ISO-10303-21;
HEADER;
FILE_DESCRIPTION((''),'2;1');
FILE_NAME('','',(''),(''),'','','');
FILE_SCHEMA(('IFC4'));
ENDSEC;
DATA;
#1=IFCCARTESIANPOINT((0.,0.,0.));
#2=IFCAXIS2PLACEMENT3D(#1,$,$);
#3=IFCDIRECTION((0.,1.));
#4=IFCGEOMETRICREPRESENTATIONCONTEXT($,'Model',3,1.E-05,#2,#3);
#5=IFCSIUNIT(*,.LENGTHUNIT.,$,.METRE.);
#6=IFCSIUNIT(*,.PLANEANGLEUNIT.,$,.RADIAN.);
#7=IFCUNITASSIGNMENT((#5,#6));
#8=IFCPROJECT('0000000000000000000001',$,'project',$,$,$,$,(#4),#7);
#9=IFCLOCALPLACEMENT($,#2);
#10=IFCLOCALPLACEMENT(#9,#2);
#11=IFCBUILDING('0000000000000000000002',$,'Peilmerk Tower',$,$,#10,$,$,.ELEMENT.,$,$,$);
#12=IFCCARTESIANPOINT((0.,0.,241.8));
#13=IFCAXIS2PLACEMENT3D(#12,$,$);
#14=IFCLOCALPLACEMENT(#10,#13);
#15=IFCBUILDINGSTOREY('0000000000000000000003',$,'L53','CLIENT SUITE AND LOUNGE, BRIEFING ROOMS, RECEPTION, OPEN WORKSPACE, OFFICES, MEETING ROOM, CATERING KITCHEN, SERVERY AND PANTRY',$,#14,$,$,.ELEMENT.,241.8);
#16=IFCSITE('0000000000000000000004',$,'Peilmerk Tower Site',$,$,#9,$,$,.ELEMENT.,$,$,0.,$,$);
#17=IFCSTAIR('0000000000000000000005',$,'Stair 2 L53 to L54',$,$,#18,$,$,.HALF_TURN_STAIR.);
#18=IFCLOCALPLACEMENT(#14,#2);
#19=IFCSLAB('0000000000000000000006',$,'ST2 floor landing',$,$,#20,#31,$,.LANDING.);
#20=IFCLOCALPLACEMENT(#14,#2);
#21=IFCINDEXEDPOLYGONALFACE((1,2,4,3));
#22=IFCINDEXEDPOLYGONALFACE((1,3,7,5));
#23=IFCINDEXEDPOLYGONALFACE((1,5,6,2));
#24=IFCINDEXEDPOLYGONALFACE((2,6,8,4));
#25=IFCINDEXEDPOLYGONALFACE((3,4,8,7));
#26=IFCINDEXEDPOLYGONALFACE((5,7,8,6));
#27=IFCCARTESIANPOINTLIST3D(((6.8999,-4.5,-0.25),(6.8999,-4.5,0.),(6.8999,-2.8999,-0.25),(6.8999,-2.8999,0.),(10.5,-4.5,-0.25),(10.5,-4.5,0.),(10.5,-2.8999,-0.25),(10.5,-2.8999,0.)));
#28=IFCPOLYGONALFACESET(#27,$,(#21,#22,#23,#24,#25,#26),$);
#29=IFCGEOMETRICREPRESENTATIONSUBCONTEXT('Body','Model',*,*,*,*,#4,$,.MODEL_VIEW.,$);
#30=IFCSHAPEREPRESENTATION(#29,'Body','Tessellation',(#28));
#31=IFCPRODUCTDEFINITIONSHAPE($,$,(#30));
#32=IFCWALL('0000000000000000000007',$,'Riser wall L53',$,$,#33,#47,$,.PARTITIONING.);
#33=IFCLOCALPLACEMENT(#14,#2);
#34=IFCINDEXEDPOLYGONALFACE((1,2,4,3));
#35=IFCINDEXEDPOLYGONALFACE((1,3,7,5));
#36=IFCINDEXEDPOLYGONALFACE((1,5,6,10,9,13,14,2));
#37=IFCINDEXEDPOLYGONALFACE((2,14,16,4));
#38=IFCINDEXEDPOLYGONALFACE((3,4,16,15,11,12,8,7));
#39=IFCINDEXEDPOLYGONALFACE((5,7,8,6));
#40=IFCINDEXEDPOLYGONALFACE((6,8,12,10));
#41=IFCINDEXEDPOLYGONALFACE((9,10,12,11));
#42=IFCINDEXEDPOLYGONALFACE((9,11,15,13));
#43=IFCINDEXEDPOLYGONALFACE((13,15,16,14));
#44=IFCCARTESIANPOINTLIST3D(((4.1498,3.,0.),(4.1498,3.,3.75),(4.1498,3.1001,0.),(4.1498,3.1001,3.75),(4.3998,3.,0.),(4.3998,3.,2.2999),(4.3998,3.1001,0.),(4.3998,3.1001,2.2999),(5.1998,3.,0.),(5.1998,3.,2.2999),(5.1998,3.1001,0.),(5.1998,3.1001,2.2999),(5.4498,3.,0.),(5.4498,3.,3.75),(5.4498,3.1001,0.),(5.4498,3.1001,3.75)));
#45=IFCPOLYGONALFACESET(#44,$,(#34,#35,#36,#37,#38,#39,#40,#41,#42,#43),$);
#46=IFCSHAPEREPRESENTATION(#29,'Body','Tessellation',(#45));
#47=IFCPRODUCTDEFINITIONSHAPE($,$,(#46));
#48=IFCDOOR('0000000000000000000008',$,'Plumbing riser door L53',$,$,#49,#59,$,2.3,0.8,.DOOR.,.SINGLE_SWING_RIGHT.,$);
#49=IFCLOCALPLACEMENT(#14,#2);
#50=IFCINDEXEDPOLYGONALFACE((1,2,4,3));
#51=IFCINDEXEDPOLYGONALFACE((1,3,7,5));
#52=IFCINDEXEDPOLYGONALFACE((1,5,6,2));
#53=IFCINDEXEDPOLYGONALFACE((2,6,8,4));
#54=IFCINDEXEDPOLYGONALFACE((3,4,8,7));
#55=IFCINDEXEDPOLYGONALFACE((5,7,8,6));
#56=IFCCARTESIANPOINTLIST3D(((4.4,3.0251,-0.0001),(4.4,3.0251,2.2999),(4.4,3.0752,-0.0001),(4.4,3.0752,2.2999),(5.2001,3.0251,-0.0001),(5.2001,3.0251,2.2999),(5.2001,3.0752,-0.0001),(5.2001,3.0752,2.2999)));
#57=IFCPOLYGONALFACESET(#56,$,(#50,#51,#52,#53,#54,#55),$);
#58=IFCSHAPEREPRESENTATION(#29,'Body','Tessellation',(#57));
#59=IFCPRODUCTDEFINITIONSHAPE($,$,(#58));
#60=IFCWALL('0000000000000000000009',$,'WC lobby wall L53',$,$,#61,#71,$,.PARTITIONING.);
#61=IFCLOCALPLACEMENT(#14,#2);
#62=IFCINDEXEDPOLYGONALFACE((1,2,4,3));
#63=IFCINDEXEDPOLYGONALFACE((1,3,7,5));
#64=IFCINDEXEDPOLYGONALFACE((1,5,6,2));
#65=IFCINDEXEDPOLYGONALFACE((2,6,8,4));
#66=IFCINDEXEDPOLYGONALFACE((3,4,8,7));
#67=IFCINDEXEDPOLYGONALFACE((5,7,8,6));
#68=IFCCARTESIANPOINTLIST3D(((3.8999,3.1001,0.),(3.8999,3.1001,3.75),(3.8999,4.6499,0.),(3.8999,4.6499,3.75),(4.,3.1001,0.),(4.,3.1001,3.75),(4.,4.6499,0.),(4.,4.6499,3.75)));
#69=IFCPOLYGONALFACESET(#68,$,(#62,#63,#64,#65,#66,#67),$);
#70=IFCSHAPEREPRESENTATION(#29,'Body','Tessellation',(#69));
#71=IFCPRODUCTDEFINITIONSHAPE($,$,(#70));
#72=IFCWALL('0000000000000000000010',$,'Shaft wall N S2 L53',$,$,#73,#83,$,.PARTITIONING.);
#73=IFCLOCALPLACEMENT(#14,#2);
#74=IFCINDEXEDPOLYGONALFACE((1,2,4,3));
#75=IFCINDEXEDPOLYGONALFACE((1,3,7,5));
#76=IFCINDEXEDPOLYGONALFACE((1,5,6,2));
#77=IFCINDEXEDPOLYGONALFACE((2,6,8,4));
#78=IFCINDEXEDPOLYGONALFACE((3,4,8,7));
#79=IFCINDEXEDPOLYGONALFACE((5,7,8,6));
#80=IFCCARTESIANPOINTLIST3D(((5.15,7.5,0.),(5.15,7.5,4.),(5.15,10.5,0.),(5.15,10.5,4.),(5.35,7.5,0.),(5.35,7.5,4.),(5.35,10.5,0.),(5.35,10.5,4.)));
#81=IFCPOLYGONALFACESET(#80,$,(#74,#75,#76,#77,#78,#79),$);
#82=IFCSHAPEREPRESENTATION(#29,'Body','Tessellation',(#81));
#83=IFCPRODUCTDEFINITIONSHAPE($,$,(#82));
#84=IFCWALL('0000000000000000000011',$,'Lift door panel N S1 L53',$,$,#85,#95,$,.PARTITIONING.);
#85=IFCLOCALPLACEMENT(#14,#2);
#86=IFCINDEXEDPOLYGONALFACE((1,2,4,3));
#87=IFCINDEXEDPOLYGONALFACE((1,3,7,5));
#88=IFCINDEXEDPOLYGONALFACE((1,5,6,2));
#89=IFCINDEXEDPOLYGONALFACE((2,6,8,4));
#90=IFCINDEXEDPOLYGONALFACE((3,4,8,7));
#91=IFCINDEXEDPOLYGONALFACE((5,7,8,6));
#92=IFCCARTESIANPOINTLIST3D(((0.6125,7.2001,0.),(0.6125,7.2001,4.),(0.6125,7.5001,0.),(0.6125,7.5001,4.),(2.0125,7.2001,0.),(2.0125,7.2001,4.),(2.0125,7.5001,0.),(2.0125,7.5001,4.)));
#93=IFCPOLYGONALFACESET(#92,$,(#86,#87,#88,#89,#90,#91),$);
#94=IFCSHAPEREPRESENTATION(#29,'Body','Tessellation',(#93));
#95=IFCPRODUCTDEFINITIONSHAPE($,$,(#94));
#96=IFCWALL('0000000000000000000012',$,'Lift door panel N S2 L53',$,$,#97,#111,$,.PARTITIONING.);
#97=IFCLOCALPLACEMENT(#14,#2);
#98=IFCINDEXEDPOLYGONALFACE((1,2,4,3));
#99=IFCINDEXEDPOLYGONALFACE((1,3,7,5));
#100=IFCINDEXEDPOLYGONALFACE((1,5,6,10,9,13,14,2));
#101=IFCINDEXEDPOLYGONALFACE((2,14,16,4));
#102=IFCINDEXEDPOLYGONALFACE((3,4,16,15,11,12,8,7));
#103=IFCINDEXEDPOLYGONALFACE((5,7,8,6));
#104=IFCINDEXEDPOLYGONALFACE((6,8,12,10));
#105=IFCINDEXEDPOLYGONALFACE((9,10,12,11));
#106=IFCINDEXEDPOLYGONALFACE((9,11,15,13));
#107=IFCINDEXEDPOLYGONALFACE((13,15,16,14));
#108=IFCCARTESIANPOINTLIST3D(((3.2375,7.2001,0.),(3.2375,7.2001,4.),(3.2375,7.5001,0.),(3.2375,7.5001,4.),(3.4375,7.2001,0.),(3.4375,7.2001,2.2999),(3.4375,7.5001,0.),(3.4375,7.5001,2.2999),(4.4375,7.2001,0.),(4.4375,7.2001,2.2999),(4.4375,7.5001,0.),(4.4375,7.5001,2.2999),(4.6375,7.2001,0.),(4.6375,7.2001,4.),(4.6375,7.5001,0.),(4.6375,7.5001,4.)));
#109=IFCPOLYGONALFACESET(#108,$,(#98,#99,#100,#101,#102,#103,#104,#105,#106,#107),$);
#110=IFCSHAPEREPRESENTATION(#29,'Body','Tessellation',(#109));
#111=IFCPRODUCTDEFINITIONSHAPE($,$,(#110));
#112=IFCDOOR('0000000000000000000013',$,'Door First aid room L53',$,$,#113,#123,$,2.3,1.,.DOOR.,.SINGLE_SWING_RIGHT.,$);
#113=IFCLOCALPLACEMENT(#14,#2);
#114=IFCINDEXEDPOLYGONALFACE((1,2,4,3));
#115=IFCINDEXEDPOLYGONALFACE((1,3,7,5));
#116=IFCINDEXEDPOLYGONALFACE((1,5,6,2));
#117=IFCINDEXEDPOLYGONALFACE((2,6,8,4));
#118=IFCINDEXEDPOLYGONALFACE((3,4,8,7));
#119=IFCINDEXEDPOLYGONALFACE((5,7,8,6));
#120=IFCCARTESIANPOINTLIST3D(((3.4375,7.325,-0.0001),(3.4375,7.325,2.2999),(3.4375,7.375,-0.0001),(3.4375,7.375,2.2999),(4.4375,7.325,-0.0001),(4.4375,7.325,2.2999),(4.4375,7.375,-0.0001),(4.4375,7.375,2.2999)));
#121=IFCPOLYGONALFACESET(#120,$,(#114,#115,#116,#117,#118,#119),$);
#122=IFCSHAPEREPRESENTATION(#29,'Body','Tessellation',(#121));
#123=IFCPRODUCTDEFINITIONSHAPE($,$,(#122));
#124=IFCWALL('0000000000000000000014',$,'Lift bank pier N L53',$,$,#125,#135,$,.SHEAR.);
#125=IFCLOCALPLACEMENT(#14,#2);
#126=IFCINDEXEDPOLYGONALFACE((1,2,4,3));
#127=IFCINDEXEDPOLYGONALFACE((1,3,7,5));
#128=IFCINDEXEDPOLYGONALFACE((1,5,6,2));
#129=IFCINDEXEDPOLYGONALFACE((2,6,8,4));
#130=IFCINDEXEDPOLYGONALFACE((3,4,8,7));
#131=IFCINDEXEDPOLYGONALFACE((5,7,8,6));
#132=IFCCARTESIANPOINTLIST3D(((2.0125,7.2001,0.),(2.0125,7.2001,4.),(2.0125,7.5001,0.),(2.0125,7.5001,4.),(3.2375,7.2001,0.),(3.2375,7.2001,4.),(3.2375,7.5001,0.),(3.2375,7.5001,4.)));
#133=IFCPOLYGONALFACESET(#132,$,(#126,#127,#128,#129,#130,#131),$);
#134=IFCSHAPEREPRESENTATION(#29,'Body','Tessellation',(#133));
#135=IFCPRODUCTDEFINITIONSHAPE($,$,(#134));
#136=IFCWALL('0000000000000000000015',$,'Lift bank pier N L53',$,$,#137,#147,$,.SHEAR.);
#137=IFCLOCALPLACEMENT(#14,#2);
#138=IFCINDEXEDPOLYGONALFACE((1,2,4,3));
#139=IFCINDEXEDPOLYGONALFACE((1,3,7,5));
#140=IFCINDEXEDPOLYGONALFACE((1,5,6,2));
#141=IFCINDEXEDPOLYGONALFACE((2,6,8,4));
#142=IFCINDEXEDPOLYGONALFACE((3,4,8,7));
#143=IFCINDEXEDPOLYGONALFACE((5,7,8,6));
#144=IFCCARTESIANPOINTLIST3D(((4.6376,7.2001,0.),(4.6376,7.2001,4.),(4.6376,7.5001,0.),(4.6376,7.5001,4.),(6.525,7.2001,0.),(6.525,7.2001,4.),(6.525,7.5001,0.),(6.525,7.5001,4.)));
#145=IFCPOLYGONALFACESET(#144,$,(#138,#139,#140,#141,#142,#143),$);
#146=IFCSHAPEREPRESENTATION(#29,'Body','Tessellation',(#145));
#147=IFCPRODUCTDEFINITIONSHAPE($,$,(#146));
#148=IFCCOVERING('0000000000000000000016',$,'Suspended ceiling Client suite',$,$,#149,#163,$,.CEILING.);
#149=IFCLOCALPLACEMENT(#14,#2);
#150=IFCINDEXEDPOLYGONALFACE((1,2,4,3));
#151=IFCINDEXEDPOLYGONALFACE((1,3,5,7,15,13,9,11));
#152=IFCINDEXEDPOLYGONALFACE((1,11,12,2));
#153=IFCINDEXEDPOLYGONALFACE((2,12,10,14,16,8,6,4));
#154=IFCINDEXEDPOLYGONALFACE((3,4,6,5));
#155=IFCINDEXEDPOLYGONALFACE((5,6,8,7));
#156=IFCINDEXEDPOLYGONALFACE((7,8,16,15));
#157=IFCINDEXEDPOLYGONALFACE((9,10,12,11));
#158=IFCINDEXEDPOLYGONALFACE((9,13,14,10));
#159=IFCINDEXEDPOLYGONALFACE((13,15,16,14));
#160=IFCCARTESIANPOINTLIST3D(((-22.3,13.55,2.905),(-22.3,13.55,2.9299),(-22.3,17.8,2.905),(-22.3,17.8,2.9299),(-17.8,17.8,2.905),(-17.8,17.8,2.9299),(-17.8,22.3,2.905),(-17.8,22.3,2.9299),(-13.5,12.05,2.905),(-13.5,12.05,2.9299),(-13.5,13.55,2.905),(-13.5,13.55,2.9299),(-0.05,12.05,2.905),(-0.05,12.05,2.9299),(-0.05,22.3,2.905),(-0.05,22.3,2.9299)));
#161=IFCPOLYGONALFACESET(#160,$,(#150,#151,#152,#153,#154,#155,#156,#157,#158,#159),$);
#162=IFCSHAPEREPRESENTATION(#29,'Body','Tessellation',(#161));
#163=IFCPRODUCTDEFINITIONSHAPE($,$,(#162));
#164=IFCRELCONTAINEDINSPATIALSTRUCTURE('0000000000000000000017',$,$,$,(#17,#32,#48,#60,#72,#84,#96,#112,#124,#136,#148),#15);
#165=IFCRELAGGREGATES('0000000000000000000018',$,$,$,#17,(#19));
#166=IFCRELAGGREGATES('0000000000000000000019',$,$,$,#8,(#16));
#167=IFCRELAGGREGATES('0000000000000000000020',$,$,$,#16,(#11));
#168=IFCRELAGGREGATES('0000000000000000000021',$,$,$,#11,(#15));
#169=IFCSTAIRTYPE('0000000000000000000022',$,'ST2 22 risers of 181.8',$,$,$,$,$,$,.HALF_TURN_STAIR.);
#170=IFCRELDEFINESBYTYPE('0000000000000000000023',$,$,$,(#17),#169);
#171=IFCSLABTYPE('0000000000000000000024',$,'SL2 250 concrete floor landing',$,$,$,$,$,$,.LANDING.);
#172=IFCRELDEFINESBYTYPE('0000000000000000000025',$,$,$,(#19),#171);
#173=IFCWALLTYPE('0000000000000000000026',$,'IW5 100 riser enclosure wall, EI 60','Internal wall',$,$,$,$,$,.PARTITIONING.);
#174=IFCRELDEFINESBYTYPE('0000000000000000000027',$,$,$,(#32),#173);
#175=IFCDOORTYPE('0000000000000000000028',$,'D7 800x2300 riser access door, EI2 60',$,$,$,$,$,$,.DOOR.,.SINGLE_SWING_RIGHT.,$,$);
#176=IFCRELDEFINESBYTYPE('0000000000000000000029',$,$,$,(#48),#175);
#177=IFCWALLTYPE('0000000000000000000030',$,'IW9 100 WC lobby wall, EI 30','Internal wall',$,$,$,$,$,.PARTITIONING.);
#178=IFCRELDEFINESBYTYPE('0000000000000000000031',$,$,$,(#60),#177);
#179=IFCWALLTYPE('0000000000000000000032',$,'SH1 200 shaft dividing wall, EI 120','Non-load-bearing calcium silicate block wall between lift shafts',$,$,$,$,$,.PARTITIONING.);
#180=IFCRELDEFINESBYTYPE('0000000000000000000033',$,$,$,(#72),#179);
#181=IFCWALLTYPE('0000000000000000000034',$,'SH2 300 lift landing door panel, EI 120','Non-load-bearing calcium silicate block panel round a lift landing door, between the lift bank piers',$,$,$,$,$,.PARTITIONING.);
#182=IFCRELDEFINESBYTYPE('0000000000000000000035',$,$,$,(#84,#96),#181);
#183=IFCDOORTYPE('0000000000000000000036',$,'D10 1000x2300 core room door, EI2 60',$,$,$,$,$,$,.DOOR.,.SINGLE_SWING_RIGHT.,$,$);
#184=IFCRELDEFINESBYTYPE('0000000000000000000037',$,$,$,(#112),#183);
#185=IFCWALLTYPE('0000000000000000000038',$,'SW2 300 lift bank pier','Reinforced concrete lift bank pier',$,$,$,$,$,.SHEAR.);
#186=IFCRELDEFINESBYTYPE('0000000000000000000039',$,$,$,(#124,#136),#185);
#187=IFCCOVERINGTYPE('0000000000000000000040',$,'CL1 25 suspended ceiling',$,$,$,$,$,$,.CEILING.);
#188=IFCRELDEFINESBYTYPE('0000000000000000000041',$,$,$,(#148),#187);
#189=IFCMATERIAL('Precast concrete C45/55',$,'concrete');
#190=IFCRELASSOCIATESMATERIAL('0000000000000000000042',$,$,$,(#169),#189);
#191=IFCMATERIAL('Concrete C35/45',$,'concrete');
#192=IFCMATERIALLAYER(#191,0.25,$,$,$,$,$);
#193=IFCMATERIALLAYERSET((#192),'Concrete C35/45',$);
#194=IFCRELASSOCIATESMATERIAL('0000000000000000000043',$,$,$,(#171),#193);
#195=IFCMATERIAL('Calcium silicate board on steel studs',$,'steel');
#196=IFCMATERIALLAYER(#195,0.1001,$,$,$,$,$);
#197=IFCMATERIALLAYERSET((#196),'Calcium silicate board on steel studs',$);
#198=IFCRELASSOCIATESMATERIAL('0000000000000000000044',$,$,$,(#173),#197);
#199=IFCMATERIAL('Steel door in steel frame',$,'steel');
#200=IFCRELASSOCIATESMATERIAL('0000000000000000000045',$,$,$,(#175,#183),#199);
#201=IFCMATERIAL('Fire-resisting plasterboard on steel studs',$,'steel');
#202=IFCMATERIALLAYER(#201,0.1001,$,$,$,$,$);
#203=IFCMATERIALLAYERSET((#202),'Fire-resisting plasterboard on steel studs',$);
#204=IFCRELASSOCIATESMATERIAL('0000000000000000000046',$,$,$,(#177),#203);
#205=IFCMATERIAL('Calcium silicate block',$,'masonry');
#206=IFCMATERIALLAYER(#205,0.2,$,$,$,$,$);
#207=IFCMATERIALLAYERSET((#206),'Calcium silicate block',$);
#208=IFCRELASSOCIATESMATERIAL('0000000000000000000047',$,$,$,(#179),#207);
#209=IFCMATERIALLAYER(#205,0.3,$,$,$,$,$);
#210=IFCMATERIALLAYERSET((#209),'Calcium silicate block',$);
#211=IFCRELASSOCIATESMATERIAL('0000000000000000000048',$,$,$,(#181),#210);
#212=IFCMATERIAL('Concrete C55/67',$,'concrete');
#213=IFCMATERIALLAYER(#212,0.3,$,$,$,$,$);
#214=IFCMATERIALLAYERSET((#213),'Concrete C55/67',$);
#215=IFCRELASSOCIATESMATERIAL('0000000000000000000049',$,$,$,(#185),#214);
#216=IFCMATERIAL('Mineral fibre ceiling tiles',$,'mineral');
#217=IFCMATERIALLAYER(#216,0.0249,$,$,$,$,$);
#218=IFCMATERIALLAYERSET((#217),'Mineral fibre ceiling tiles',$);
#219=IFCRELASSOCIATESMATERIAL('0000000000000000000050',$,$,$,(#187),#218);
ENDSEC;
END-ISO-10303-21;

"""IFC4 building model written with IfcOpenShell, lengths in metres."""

from ifc_helpers import new_model, si_unit, direction, frame, frame_2d, origin, place, context, subcontext, project, spatial, polyline, rectangle, outline, extrude, material, layer, layer_set, type_object, element, fill, aggregate, save


model = new_model("IFC4")

# Units and contexts
model_context = context("Model", 3, precision=1e-05, world=origin(), true_north=direction((0.0, 1.0)))
body_context = subcontext(model_context, "Body", "Model", "MODEL_VIEW")
ifc_project = project(units=[si_unit("LENGTHUNIT", "METRE"), si_unit("PLANEANGLEUNIT", "RADIAN")], contexts=[model_context])

# Site, building, storey
site_placement = place(None, origin())
site = spatial("IfcSite", under=ifc_project, at=site_placement, Name="Peilmerk Tower Site", CompositionType="ELEMENT", RefElevation=0.0)
building_placement = place(site_placement, origin())
building = spatial("IfcBuilding", under=site, at=building_placement, Name="Peilmerk Tower", CompositionType="ELEMENT")
storey_placement = place(building_placement, frame((0.0, 0.0, 241.8)))
storey = spatial("IfcBuildingStorey", under=building, at=storey_placement, Name="L53", Description="CLIENT SUITE AND LOUNGE, BRIEFING ROOMS, RECEPTION, OPEN WORKSPACE, OFFICES, MEETING ROOM, CATERING KITCHEN, SERVERY AND PANTRY", CompositionType="ELEMENT", Elevation=241.8)

# Stair, slab
ifc_material_1 = material(Name="Precast concrete C45/55", Category="concrete")
stair_type = type_object("IfcStairType", Name="ST2 22 risers of 181.8", PredefinedType="HALF_TURN_STAIR", material=ifc_material_1)
stair_placement = place(storey_placement, origin())
stair = element("IfcStair", 1, at=stair_placement, inside=storey, type_object=stair_type, Name="Stair 2 L53 to L54", PredefinedType="HALF_TURN_STAIR")
ifc_material_2 = material(Name="Concrete C35/45", Category="concrete")
ifc_layer_1 = layer(ifc_material_2, 0.25)
ifc_layer_set_1 = layer_set([ifc_layer_1], Name="Concrete C35/45")
slab_type = type_object("IfcSlabType", Name="SL2 250 concrete floor landing", PredefinedType="LANDING", material=ifc_layer_set_1)
slab_placement = place(storey_placement, frame((0.0, 0.0, -0.25)))
slab = element("IfcSlab", 2, at=slab_placement, type_object=slab_type, Name="ST2 floor landing", PredefinedType="LANDING", context=body_context, shape_type="SweptSolid", body=[
    extrude(outline(polyline([(6.8999, -4.5), (10.5, -4.5), (10.5, -2.8999), (6.8999, -2.8999), (6.8999, -4.5)])), origin(), (0.0, 0.0, 1.0), 0.25),
])
aggregate(stair, [slab])

# Wall, opening, door
ifc_material_3 = material(Name="Calcium silicate board on steel studs", Category="steel")
ifc_layer_2 = layer(ifc_material_3, 0.1001)
ifc_layer_set_2 = layer_set([ifc_layer_2], Name="Calcium silicate board on steel studs")
wall_type_1 = type_object("IfcWallType", Name="IW5 100 riser enclosure wall, EI 60", Description="Internal wall", PredefinedType="PARTITIONING", material=ifc_layer_set_2)
wall_1_placement = place(storey_placement, frame((4.1499, 3.05, 0.0), z_axis=(0.0, 0.0, 1.0), x_axis=(1.0, 0.0, 0.0)))
wall_1 = element("IfcWall", 3, at=wall_1_placement, inside=storey, type_object=wall_type_1, Name="Riser wall L53", PredefinedType="PARTITIONING", context=body_context, shape_type="SweptSolid", body=[
    extrude(rectangle(XDim=1.3, YDim=0.1001, at=frame_2d((0.6499, 0.0))), origin(), (0.0, 0.0, 1.0), 3.75),
])
opening_1_placement = place(wall_1_placement, frame((0.25, 0.0, 0.0)))
opening_1 = element("IfcOpeningElement", 4, at=opening_1_placement, cuts=wall_1, PredefinedType="OPENING", context=body_context, shape_type="SweptSolid", body=[
    extrude(rectangle(XDim=0.8, YDim=2.3, at=frame_2d((0.3999, 1.1499))), frame((0.0, 0.0601, 0.0), z_axis=(0.0, -1.0, 0.0), x_axis=(1.0, 0.0, 0.0)), (0.0, 0.0, 1.0), 0.1201),
])
ifc_material_4 = material(Name="Steel door in steel frame", Category="steel")
door_type_1 = type_object("IfcDoorType", Name="D7 800x2300 riser access door, EI2 60", OperationType="SINGLE_SWING_RIGHT", PredefinedType="DOOR", material=ifc_material_4)
door_1_placement = place(opening_1_placement, frame((0.8, 0.0, 0.0), z_axis=(0.0, 0.0, 1.0), x_axis=(-1.0, 0.0, 0.0)))
door_1 = element("IfcDoor", 5, at=door_1_placement, inside=storey, type_object=door_type_1, Name="Plumbing riser door L53", OperationType="SINGLE_SWING_RIGHT", OverallHeight=2.3, OverallWidth=0.8, PredefinedType="DOOR", context=body_context, shape_type="SweptSolid", body=[
    extrude(rectangle(XDim=0.8, YDim=2.3, at=frame_2d((0.3999, 1.1499))), frame((0.0, 0.0249, 0.0), z_axis=(0.0, -1.0, 0.0), x_axis=(1.0, 0.0, 0.0)), (0.0, 0.0, 1.0), 0.05),
])
fill(opening_1, door_1)

# Walls
ifc_material_5 = material(Name="Fire-resisting plasterboard on steel studs", Category="steel")
ifc_layer_3 = layer(ifc_material_5, 0.1001)
ifc_layer_set_3 = layer_set([ifc_layer_3], Name="Fire-resisting plasterboard on steel studs")
wall_type_2 = type_object("IfcWallType", Name="IW9 100 WC lobby wall, EI 30", Description="Internal wall", PredefinedType="PARTITIONING", material=ifc_layer_set_3)
wall_2_placement = place(storey_placement, frame((3.95, 3.1001, 0.0), z_axis=(0.0, 0.0, 1.0), x_axis=(0.0, 1.0, 0.0)))
element("IfcWall", 6, at=wall_2_placement, inside=storey, type_object=wall_type_2, Name="WC lobby wall L53", PredefinedType="PARTITIONING", context=body_context, shape_type="SweptSolid", body=[
    extrude(rectangle(XDim=1.5498, YDim=0.1001, at=frame_2d((0.7749, 0.0))), origin(), (0.0, 0.0, 1.0), 3.75),
])
ifc_material_6 = material(Name="Calcium silicate block", Category="masonry")
ifc_layer_4 = layer(ifc_material_6, 0.2)
ifc_layer_set_4 = layer_set([ifc_layer_4], Name="Calcium silicate block")
wall_type_3 = type_object("IfcWallType", Name="SH1 200 shaft dividing wall, EI 120", Description="Non-load-bearing calcium silicate block wall between lift shafts", PredefinedType="PARTITIONING", material=ifc_layer_set_4)
wall_3_placement = place(storey_placement, frame((5.25, 7.5, 0.0), z_axis=(0.0, 0.0, 1.0), x_axis=(0.0, 1.0, 0.0)))
element("IfcWall", 7, at=wall_3_placement, inside=storey, type_object=wall_type_3, Name="Shaft wall N S2 L53", PredefinedType="PARTITIONING", context=body_context, shape_type="SweptSolid", body=[
    extrude(rectangle(XDim=3.0, YDim=0.2, at=frame_2d((1.5, 0.0))), origin(), (0.0, 0.0, 1.0), 4.0),
])
ifc_layer_5 = layer(ifc_material_6, 0.3)
ifc_layer_set_5 = layer_set([ifc_layer_5], Name="Calcium silicate block")
wall_type_4 = type_object("IfcWallType", Name="SH2 300 lift landing door panel, EI 120", Description="Non-load-bearing calcium silicate block panel round a lift landing door, between the lift bank piers", PredefinedType="PARTITIONING", material=ifc_layer_set_5)
wall_4_placement = place(storey_placement, frame((0.6125, 7.3501, 0.0), z_axis=(0.0, 0.0, 1.0), x_axis=(1.0, 0.0, 0.0)))
element("IfcWall", 8, at=wall_4_placement, inside=storey, type_object=wall_type_4, Name="Lift door panel N S1 L53", PredefinedType="PARTITIONING", context=body_context, shape_type="SweptSolid", body=[
    extrude(rectangle(XDim=1.3999, YDim=0.3, at=frame_2d((0.7, 0.0))), origin(), (0.0, 0.0, 1.0), 4.0),
])

# Wall, opening, door
wall_5_placement = place(storey_placement, frame((3.2375, 7.3501, 0.0), z_axis=(0.0, 0.0, 1.0), x_axis=(1.0, 0.0, 0.0)))
wall_5 = element("IfcWall", 9, at=wall_5_placement, inside=storey, type_object=wall_type_4, Name="Lift door panel N S2 L53", PredefinedType="PARTITIONING", context=body_context, shape_type="SweptSolid", body=[
    extrude(rectangle(XDim=1.3999, YDim=0.3, at=frame_2d((0.7, 0.0))), origin(), (0.0, 0.0, 1.0), 4.0),
])
opening_2_placement = place(wall_5_placement, frame((0.2, 0.0, 0.0)))
opening_2 = element("IfcOpeningElement", 10, at=opening_2_placement, cuts=wall_5, PredefinedType="OPENING", context=body_context, shape_type="SweptSolid", body=[
    extrude(rectangle(XDim=1.0, YDim=2.3, at=frame_2d((0.5, 1.1499))), frame((0.0, 0.1599, 0.0), z_axis=(0.0, -1.0, 0.0), x_axis=(1.0, 0.0, 0.0)), (0.0, 0.0, 1.0), 0.3201),
])
door_type_2 = type_object("IfcDoorType", Name="D10 1000x2300 core room door, EI2 60", OperationType="SINGLE_SWING_RIGHT", PredefinedType="DOOR", material=ifc_material_4)
door_2_placement = place(opening_2_placement, origin())
door_2 = element("IfcDoor", 11, at=door_2_placement, inside=storey, type_object=door_type_2, Name="Door First aid room L53", OperationType="SINGLE_SWING_RIGHT", OverallHeight=2.3, OverallWidth=1.0, PredefinedType="DOOR", context=body_context, shape_type="SweptSolid", body=[
    extrude(rectangle(XDim=1.0, YDim=2.3, at=frame_2d((0.5, 1.1499))), frame((0.0, 0.0249, 0.0), z_axis=(0.0, -1.0, 0.0), x_axis=(1.0, 0.0, 0.0)), (0.0, 0.0, 1.0), 0.05),
])
fill(opening_2, door_2)

# Walls
ifc_material_7 = material(Name="Concrete C55/67", Category="concrete")
ifc_layer_6 = layer(ifc_material_7, 0.3)
ifc_layer_set_6 = layer_set([ifc_layer_6], Name="Concrete C55/67")
wall_type_5 = type_object("IfcWallType", Name="SW2 300 lift bank pier", Description="Reinforced concrete lift bank pier", PredefinedType="SHEAR", material=ifc_layer_set_6)
wall_6_placement = place(storey_placement, frame((2.0125, 7.3501, 0.0), z_axis=(0.0, 0.0, 1.0), x_axis=(1.0, 0.0, 0.0)))
element("IfcWall", 12, at=wall_6_placement, inside=storey, type_object=wall_type_5, Name="Lift bank pier N L53", PredefinedType="SHEAR", context=body_context, shape_type="SweptSolid", body=[
    extrude(rectangle(XDim=1.2251, YDim=0.3, at=frame_2d((0.6125, 0.0))), origin(), (0.0, 0.0, 1.0), 4.0),
])
wall_7_placement = place(storey_placement, frame((4.6375, 7.3501, 0.0), z_axis=(0.0, 0.0, 1.0), x_axis=(1.0, 0.0, 0.0)))
element("IfcWall", 13, at=wall_7_placement, inside=storey, type_object=wall_type_5, Name="Lift bank pier N L53", PredefinedType="SHEAR", context=body_context, shape_type="SweptSolid", body=[
    extrude(rectangle(XDim=1.8875, YDim=0.3, at=frame_2d((0.9438, 0.0))), origin(), (0.0, 0.0, 1.0), 4.0),
])

# Covering
ifc_material_8 = material(Name="Mineral fibre ceiling tiles", Category="mineral")
ifc_layer_7 = layer(ifc_material_8, 0.0249)
ifc_layer_set_7 = layer_set([ifc_layer_7], Name="Mineral fibre ceiling tiles")
covering_type = type_object("IfcCoveringType", Name="CL1 25 suspended ceiling", PredefinedType="CEILING", material=ifc_layer_set_7)
covering_1_placement = place(storey_placement, frame((0.0, 0.0, 2.905)))
element("IfcCovering", 14, at=covering_1_placement, inside=storey, type_object=covering_type, Name="Suspended ceiling Client suite", PredefinedType="CEILING", context=body_context, shape_type="SweptSolid", body=[
    extrude(outline(polyline([(-22.3, 17.8), (-22.3, 13.55), (-13.5, 13.55), (-13.5, 12.05), (-0.05, 12.05), (-0.05, 22.3), (-17.8, 22.3), (-17.8, 17.8), (-22.3, 17.8)])), origin(), (0.0, 0.0, 1.0), 0.0249),
])

save(model, "model.ifc")
